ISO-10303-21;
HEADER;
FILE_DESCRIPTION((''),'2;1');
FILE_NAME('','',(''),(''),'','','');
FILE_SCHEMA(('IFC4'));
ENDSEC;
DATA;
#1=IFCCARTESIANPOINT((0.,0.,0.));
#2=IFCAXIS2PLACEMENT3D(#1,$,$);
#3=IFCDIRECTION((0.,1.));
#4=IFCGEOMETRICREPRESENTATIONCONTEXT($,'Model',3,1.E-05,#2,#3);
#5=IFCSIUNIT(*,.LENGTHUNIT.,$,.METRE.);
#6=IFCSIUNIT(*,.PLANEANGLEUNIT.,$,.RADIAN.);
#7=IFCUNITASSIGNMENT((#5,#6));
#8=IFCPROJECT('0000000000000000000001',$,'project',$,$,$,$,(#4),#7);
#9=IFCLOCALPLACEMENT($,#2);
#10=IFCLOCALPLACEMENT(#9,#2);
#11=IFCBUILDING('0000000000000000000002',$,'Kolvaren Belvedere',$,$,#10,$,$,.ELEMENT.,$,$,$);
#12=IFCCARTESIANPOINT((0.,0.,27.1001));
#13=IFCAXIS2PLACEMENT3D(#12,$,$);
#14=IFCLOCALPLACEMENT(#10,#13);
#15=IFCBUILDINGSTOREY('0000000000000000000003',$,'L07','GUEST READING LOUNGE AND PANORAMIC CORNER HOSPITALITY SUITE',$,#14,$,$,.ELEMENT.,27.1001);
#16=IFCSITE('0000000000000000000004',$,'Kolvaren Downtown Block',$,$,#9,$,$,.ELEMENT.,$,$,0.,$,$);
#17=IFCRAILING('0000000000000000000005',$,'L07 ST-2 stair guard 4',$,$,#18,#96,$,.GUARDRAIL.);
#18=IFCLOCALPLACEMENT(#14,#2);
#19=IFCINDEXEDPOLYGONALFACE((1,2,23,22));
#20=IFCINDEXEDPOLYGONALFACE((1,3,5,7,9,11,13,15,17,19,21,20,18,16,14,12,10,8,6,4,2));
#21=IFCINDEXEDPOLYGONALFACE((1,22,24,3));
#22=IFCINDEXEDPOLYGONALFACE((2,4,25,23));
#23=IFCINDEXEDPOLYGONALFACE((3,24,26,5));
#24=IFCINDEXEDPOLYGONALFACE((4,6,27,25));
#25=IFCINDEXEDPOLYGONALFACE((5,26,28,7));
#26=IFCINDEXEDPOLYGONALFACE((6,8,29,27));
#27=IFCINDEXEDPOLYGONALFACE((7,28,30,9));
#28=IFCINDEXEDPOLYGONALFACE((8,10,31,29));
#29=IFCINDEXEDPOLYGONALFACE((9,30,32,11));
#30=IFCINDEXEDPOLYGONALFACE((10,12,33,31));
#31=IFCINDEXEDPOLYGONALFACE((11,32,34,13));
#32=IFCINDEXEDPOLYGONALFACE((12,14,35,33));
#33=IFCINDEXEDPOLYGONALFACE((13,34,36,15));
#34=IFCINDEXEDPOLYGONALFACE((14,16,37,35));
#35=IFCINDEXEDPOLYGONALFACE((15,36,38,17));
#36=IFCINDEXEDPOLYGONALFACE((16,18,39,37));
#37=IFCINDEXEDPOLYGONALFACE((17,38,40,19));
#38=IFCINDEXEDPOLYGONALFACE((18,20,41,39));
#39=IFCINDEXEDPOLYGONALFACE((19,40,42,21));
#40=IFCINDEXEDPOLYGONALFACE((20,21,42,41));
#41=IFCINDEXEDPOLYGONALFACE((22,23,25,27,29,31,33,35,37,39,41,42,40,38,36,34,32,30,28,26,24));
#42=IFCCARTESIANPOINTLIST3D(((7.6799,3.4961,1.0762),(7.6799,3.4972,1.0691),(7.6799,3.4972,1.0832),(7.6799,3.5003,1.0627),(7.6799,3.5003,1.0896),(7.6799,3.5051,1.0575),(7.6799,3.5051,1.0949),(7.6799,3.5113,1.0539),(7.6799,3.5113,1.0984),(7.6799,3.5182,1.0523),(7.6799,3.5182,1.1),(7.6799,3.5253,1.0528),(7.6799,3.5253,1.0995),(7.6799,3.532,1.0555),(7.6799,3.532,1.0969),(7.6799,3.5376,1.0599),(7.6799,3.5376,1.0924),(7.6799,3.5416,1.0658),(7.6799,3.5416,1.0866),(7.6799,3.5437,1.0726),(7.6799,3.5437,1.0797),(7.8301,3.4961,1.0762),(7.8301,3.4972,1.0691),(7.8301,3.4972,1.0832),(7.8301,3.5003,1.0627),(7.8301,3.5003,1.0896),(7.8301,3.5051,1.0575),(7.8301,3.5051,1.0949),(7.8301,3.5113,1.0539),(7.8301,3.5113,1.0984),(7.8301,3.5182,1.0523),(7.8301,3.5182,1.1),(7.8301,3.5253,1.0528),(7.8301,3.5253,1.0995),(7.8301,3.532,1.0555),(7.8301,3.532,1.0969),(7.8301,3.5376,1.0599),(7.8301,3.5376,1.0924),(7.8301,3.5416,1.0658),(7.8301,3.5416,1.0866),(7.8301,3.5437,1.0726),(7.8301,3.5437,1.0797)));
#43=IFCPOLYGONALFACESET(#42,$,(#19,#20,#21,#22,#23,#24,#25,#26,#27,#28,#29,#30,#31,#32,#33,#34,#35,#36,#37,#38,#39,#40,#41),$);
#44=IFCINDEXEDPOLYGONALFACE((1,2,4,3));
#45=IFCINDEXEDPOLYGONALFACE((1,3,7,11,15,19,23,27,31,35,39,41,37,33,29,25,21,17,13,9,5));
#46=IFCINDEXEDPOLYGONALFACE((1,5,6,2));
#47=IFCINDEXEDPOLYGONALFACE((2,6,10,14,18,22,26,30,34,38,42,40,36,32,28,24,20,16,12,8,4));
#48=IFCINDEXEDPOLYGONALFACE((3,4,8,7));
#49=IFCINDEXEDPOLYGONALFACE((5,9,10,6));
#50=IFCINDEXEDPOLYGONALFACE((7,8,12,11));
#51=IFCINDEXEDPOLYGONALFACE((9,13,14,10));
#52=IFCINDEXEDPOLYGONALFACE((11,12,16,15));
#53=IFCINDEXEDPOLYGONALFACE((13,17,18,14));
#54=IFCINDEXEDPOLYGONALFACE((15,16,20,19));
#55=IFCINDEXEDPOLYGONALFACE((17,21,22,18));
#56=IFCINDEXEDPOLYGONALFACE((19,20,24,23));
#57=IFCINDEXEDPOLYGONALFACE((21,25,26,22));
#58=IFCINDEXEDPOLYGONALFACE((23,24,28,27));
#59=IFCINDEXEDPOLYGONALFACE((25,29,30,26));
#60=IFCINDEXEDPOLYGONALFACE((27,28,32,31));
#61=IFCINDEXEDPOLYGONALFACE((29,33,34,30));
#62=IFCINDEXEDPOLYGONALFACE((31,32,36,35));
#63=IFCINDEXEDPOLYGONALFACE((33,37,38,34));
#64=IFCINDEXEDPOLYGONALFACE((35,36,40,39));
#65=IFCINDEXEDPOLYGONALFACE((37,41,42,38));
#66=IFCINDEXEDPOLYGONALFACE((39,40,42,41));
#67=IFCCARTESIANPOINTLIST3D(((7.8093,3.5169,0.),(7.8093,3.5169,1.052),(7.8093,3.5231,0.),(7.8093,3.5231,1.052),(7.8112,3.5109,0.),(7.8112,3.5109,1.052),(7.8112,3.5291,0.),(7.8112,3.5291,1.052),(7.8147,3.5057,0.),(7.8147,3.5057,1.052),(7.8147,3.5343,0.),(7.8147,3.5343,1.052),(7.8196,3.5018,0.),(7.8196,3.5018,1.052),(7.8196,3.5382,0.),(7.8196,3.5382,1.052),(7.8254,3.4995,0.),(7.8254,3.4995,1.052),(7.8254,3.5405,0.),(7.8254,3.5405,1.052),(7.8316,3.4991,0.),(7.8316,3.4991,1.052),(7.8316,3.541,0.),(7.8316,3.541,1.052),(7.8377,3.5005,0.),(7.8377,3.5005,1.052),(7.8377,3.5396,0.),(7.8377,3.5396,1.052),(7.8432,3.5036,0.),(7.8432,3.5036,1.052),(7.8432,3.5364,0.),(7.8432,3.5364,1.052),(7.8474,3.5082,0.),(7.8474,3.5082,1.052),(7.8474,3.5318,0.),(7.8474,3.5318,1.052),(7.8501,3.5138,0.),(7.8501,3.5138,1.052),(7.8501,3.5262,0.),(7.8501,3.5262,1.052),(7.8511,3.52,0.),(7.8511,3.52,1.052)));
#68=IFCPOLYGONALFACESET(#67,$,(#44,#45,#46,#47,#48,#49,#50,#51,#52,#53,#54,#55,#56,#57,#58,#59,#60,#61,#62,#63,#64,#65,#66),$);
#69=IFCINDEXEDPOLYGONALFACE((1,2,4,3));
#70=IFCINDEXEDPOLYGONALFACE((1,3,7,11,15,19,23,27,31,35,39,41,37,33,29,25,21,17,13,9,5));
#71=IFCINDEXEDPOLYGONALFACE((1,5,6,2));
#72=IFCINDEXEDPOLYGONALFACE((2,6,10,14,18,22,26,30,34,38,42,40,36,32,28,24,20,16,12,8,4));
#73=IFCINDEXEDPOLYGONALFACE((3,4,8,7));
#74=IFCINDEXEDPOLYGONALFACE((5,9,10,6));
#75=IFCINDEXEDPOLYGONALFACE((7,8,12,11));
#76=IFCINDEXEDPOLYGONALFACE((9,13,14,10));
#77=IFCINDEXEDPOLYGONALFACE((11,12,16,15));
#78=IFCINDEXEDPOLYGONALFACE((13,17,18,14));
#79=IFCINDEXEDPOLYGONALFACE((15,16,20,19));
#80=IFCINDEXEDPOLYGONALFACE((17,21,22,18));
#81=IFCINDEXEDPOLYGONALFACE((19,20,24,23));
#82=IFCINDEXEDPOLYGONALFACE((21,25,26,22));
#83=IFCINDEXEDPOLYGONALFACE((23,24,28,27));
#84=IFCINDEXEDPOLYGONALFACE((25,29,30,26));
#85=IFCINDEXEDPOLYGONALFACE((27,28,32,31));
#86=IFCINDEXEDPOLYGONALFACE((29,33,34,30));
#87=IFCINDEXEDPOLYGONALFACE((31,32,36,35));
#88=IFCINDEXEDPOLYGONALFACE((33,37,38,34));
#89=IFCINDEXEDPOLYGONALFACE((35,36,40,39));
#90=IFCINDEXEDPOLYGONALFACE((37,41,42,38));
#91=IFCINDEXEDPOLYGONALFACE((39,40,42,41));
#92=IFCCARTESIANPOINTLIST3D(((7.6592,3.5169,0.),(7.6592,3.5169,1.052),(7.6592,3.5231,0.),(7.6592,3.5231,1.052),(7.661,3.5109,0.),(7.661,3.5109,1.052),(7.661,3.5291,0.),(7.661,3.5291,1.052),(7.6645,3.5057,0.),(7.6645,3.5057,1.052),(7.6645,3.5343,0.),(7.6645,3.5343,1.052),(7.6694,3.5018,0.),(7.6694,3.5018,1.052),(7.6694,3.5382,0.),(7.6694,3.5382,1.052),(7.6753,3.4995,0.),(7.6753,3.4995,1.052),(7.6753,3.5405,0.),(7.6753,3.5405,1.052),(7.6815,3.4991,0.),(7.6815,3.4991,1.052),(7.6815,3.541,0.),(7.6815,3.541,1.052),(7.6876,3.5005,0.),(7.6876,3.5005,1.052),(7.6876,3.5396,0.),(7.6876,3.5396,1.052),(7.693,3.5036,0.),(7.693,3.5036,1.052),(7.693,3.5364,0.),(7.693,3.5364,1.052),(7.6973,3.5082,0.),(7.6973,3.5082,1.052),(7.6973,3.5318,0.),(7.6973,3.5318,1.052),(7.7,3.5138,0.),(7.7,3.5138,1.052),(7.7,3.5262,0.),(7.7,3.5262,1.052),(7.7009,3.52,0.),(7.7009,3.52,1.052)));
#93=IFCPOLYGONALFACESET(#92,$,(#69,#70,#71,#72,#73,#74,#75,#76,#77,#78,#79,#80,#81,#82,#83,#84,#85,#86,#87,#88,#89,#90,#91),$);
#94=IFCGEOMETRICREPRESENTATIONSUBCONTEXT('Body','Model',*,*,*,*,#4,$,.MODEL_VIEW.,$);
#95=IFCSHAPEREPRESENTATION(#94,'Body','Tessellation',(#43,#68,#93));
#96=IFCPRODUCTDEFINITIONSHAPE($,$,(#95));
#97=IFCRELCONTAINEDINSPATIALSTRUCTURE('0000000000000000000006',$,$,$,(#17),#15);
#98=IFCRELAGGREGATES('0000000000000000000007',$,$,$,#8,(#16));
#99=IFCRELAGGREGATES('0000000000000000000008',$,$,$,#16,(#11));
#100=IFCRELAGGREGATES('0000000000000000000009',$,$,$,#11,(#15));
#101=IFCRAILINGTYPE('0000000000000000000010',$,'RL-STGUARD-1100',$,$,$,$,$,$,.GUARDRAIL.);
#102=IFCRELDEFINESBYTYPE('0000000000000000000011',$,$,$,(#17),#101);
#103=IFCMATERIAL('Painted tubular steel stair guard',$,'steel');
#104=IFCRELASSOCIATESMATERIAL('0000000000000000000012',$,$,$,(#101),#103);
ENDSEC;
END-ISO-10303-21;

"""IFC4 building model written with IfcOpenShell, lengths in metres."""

from ifc_helpers import new_model, si_unit, direction, frame, origin, origin_2d, place, context, subcontext, project, spatial, circle, extrude, material, type_object, element, save


model = new_model("IFC4")

# Units and contexts
model_context = context("Model", 3, precision=1e-05, world=origin(), true_north=direction((0.0, 1.0)))
body_context = subcontext(model_context, "Body", "Model", "MODEL_VIEW")
ifc_project = project(units=[si_unit("LENGTHUNIT", "METRE"), si_unit("PLANEANGLEUNIT", "RADIAN")], contexts=[model_context])

# Site, building, storey
site_placement = place(None, origin())
site = spatial("IfcSite", under=ifc_project, at=site_placement, Name="Kolvaren Downtown Block", CompositionType="ELEMENT", RefElevation=0.0)
building_placement = place(site_placement, origin())
building = spatial("IfcBuilding", under=site, at=building_placement, Name="Kolvaren Belvedere", CompositionType="ELEMENT")
storey_placement = place(building_placement, frame((0.0, 0.0, 27.1001)))
storey = spatial("IfcBuildingStorey", under=building, at=storey_placement, Name="L07", Description="GUEST READING LOUNGE AND PANORAMIC CORNER HOSPITALITY SUITE", CompositionType="ELEMENT", Elevation=27.1001)

# Railing
ifc_material_1 = material(Name="Painted tubular steel stair guard", Category="steel")
railing_type_1 = type_object("IfcRailingType", Name="RL-STGUARD-1100", PredefinedType="GUARDRAIL", material=ifc_material_1)
railing_1_placement = place(storey_placement, frame((7.8301, 3.52, 0.0)))
element("IfcRailing", 1, at=railing_1_placement, inside=storey, type_object=railing_type_1, Name="L07 ST-2 stair guard 4", PredefinedType="GUARDRAIL", context=body_context, shape_type="SweptSolid", body=[
    extrude(circle(Radius=0.0239, at=origin_2d()), frame((0.0, 0.0, 1.0762), z_axis=(-1.0, 0.0, 0.0), x_axis=(0.0, -1.0, 0.0)), (0.0, 0.0, 1.0), 0.1501),
    extrude(circle(Radius=0.021, at=origin_2d()), origin(), (0.0, 0.0, 1.0), 1.052),
    extrude(circle(Radius=0.021, at=origin_2d()), frame((-0.1501, 0.0, 0.0)), (0.0, 0.0, 1.0), 1.052),
])

save(model, "model.ifc")
